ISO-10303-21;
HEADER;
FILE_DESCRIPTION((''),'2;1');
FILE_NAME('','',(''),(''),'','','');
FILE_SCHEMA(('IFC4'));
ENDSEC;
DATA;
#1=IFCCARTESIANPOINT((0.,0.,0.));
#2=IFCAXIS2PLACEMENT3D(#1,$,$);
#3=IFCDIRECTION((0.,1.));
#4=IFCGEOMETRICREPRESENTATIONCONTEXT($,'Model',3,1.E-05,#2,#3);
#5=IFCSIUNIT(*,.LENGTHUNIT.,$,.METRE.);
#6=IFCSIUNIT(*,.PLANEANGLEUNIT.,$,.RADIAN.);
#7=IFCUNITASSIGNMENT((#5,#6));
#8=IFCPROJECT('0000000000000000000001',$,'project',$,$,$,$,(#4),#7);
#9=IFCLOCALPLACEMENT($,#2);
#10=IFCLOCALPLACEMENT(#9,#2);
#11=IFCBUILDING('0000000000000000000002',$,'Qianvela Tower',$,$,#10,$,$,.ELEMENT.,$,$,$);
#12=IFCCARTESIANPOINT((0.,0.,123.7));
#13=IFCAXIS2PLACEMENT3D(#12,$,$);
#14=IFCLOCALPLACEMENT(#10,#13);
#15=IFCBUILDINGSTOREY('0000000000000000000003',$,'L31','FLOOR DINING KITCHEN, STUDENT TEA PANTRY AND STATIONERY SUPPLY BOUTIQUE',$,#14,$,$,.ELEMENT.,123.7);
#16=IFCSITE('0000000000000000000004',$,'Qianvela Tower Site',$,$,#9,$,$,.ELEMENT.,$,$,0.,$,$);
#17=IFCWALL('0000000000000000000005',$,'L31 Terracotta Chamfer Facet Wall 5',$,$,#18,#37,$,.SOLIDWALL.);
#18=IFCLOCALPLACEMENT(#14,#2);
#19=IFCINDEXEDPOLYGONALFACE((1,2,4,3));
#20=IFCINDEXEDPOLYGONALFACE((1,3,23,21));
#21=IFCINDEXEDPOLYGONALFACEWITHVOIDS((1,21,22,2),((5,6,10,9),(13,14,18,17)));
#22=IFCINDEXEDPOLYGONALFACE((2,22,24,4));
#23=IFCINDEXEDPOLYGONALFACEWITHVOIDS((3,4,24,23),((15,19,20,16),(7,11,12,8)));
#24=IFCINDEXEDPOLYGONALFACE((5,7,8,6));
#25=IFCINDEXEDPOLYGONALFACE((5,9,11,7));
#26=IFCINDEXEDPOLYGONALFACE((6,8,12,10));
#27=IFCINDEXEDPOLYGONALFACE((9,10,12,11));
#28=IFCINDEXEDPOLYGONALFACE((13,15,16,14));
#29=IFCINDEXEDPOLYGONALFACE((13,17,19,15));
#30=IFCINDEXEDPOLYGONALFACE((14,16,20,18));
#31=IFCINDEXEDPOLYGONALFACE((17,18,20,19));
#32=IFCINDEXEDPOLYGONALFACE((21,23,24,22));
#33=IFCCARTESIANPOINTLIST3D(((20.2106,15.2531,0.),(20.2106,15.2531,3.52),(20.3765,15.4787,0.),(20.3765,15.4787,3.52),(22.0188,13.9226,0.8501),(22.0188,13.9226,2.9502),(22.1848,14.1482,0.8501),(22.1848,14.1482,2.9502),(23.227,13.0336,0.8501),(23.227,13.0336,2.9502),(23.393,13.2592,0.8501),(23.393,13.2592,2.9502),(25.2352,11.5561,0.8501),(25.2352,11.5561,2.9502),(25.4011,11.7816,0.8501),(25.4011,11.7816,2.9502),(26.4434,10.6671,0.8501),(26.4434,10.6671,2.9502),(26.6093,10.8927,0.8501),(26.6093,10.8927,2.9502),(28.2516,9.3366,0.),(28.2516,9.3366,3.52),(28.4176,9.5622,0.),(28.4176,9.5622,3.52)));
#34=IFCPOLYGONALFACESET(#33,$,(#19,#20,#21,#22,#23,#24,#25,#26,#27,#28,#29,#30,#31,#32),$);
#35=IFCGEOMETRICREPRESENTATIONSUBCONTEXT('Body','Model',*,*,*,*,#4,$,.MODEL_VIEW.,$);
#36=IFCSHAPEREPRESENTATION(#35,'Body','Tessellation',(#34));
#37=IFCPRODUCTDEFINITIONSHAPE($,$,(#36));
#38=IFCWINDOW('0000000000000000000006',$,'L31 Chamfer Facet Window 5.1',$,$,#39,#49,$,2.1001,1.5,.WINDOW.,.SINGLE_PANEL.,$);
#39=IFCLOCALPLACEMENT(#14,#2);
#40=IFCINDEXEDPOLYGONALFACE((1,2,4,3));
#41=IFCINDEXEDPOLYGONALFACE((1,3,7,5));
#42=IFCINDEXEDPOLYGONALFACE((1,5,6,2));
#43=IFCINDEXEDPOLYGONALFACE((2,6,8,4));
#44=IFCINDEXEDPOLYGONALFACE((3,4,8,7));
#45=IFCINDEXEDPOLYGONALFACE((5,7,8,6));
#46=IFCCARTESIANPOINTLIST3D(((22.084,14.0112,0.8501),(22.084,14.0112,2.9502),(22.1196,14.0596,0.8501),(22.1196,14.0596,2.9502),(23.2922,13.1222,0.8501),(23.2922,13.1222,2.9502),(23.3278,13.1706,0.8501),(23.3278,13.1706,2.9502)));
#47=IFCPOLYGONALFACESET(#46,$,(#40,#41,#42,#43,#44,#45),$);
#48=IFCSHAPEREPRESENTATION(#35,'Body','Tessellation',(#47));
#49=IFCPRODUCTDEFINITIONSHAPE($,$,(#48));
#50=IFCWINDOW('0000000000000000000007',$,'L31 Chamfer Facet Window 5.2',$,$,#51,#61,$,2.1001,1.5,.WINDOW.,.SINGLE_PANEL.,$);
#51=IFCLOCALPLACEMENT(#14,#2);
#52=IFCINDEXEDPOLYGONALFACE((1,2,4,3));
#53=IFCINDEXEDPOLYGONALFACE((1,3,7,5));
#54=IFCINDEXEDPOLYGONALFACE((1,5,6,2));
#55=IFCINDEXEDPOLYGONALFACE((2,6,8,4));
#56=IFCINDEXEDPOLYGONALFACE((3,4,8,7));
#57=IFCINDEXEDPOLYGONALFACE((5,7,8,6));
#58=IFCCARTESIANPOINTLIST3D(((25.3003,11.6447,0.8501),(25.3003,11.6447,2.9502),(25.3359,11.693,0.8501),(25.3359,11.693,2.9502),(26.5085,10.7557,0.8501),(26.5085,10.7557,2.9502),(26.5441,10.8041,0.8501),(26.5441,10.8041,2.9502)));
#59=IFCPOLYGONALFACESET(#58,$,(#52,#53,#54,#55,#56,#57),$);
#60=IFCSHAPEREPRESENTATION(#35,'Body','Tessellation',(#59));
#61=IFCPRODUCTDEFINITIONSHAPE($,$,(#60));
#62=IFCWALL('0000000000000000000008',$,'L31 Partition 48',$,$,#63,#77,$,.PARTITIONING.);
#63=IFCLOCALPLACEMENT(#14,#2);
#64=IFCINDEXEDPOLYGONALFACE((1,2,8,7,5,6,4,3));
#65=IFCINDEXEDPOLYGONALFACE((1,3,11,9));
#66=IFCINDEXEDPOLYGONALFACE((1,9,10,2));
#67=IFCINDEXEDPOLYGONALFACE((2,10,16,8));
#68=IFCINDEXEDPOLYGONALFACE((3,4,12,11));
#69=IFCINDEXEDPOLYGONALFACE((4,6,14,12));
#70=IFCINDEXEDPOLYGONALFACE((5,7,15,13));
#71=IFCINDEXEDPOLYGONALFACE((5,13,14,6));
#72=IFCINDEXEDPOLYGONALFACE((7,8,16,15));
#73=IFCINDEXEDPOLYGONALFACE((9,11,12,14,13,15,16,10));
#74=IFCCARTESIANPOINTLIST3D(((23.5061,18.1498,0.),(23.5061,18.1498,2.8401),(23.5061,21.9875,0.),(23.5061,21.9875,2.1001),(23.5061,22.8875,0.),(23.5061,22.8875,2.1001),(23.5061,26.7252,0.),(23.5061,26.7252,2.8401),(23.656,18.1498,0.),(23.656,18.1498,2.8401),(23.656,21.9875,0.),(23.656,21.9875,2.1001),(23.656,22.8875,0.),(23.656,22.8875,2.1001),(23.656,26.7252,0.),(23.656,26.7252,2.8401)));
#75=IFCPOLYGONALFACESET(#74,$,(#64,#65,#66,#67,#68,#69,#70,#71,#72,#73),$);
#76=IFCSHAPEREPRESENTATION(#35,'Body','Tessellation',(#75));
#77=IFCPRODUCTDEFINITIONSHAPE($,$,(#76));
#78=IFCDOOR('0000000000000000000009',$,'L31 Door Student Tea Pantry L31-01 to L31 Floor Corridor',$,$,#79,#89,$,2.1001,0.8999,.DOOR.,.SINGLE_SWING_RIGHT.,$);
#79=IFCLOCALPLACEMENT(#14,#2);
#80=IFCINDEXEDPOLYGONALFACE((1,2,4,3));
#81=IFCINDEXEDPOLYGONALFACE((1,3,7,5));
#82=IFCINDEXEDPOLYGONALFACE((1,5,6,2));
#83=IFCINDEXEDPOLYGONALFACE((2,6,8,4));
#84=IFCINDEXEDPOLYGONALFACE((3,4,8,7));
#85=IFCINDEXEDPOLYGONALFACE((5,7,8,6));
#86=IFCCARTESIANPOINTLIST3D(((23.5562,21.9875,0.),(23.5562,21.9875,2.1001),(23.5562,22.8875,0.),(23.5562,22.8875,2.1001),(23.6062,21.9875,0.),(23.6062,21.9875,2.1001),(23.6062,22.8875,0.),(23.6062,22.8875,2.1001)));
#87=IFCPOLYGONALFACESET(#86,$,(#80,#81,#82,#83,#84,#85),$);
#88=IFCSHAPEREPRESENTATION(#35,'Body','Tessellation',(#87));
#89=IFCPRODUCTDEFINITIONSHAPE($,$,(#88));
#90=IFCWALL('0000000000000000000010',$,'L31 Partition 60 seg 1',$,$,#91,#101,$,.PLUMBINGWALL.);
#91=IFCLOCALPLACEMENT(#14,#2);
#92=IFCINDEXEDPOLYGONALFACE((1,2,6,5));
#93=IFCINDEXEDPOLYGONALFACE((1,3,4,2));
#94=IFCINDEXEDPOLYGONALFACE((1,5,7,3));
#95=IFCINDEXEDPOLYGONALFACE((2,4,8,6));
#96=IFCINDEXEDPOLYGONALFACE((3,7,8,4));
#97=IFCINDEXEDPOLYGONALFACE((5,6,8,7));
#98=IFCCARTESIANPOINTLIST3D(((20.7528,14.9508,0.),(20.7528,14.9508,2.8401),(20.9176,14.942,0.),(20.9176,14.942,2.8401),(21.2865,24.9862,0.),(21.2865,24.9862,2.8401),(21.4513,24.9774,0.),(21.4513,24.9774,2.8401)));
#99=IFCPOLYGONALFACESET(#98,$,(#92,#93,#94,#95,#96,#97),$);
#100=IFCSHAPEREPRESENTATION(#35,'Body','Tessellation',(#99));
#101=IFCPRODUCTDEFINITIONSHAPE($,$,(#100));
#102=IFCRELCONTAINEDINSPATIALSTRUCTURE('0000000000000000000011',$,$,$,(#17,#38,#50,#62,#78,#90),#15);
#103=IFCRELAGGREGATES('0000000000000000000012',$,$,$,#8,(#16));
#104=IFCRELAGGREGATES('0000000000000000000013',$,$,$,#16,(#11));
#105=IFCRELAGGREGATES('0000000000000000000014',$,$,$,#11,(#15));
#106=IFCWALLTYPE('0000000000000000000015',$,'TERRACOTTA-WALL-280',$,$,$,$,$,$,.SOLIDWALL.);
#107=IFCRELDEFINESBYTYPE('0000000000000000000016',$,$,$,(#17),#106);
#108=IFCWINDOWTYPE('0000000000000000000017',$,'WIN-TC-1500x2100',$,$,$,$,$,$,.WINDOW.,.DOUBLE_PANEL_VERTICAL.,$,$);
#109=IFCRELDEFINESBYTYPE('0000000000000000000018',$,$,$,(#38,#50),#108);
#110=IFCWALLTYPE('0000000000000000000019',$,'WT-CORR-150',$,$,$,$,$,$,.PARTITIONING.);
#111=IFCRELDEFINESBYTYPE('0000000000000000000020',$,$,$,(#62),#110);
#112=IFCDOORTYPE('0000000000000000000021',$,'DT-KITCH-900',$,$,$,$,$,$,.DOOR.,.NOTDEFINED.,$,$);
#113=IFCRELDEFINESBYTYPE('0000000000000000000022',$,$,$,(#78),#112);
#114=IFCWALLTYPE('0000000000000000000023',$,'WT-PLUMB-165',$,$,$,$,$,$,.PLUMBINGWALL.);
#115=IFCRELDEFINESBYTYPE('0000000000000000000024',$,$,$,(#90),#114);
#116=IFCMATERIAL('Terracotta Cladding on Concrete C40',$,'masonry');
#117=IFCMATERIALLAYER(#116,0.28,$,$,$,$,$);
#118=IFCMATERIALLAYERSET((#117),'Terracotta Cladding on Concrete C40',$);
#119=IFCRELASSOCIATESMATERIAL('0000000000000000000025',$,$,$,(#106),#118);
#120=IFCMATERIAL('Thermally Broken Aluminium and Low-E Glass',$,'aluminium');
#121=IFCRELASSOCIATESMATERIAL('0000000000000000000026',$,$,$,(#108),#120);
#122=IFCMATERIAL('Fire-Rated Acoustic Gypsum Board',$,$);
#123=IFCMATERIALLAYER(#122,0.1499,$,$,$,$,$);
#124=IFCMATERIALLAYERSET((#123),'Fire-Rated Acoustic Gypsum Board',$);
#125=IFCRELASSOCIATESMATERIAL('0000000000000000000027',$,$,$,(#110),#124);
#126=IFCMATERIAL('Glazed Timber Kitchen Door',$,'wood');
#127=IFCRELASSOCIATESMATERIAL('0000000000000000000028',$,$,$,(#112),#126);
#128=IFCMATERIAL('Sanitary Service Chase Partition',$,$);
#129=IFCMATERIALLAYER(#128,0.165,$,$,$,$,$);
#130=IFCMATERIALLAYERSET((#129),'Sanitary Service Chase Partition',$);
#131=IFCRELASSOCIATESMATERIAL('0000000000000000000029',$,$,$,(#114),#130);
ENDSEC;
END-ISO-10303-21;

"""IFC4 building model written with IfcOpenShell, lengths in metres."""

from ifc_helpers import new_model, si_unit, direction, frame, frame_2d, origin, place, context, subcontext, project, spatial, rectangle, extrude, material, layer, layer_set, type_object, element, fill, save


model = new_model("IFC4")

# Units and contexts
model_context = context("Model", 3, precision=1e-05, world=origin(), true_north=direction((0.0, 1.0)))
body_context = subcontext(model_context, "Body", "Model", "MODEL_VIEW")
ifc_project = project(units=[si_unit("LENGTHUNIT", "METRE"), si_unit("PLANEANGLEUNIT", "RADIAN")], contexts=[model_context])

# Site, building, storey
site_placement = place(None, origin())
site = spatial("IfcSite", under=ifc_project, at=site_placement, Name="Qianvela Tower Site", CompositionType="ELEMENT", RefElevation=0.0)
building_placement = place(site_placement, origin())
building = spatial("IfcBuilding", under=site, at=building_placement, Name="Qianvela Tower", CompositionType="ELEMENT")
storey_placement = place(building_placement, frame((0.0, 0.0, 123.7)))
storey = spatial("IfcBuildingStorey", under=building, at=storey_placement, Name="L31", Description="FLOOR DINING KITCHEN, STUDENT TEA PANTRY AND STATIONERY SUPPLY BOUTIQUE", CompositionType="ELEMENT", Elevation=123.7)

# Wall, openings, windows
ifc_material_1 = material(Name="Terracotta Cladding on Concrete C40", Category="masonry")
ifc_layer_1 = layer(ifc_material_1, 0.28)
ifc_layer_set_1 = layer_set([ifc_layer_1], Name="Terracotta Cladding on Concrete C40")
wall_type_1 = type_object("IfcWallType", Name="TERRACOTTA-WALL-280", PredefinedType="SOLIDWALL", material=ifc_layer_set_1)
wall_1_placement = place(storey_placement, frame((20.2935, 15.366, 0.0), z_axis=(0.0, 0.0, 1.0), x_axis=(0.80546, -0.59265, 0.0)))
wall_1 = element("IfcWall", 1, at=wall_1_placement, inside=storey, type_object=wall_type_1, Name="L31 Terracotta Chamfer Facet Wall 5", PredefinedType="SOLIDWALL", context=body_context, shape_type="SweptSolid", body=[
    extrude(rectangle(XDim=9.9832, YDim=0.28, at=frame_2d((4.9917, 0.0))), origin(), (0.0, 0.0, 1.0), 3.52),
])
opening_1_placement = place(wall_1_placement, frame((2.2451, 0.0, 0.8501)))
opening_1 = element("IfcOpeningElement", 2, at=opening_1_placement, cuts=wall_1, PredefinedType="OPENING", context=body_context, shape_type="SweptSolid", body=[
    extrude(rectangle(XDim=1.5, YDim=2.1001, at=frame_2d((0.75, 1.05))), frame((0.0, 0.1499, 0.0), z_axis=(0.0, -1.0, 0.0), x_axis=(1.0, 0.0, 0.0)), (0.0, 0.0, 1.0), 0.3),
])
opening_2_placement = place(wall_1_placement, frame((6.2383, 0.0, 0.8501)))
opening_2 = element("IfcOpeningElement", 3, at=opening_2_placement, cuts=wall_1, PredefinedType="OPENING", context=body_context, shape_type="SweptSolid", body=[
    extrude(rectangle(XDim=1.5, YDim=2.1001, at=frame_2d((0.75, 1.05))), frame((0.0, 0.1499, 0.0), z_axis=(0.0, -1.0, 0.0), x_axis=(1.0, 0.0, 0.0)), (0.0, 0.0, 1.0), 0.3),
])
ifc_material_2 = material(Name="Thermally Broken Aluminium and Low-E Glass", Category="aluminium")
window_type = type_object("IfcWindowType", Name="WIN-TC-1500x2100", PartitioningType="DOUBLE_PANEL_VERTICAL", PredefinedType="WINDOW", material=ifc_material_2)
window_1_placement = place(opening_1_placement, origin())
window_1 = element("IfcWindow", 4, at=window_1_placement, inside=storey, type_object=window_type, Name="L31 Chamfer Facet Window 5.1", OverallHeight=2.1001, OverallWidth=1.5, PartitioningType="SINGLE_PANEL", PredefinedType="WINDOW", context=body_context, shape_type="SweptSolid", body=[
    extrude(rectangle(XDim=1.5, YDim=2.1001, at=frame_2d((0.75, 1.05))), frame((0.0, 0.03, 0.0), z_axis=(0.0, -1.0, 0.0), x_axis=(1.0, 0.0, 0.0)), (0.0, 0.0, 1.0), 0.0601),
])
fill(opening_1, window_1)
window_2_placement = place(opening_2_placement, origin())
window_2 = element("IfcWindow", 5, at=window_2_placement, inside=storey, type_object=window_type, Name="L31 Chamfer Facet Window 5.2", OverallHeight=2.1001, OverallWidth=1.5, PartitioningType="SINGLE_PANEL", PredefinedType="WINDOW", context=body_context, shape_type="SweptSolid", body=[
    extrude(rectangle(XDim=1.5, YDim=2.1001, at=frame_2d((0.75, 1.05))), frame((0.0, 0.03, 0.0), z_axis=(0.0, -1.0, 0.0), x_axis=(1.0, 0.0, 0.0)), (0.0, 0.0, 1.0), 0.0601),
])
fill(opening_2, window_2)

# Wall, opening, door
ifc_material_3 = material(Name="Fire-Rated Acoustic Gypsum Board")
ifc_layer_2 = layer(ifc_material_3, 0.1499)
ifc_layer_set_2 = layer_set([ifc_layer_2], Name="Fire-Rated Acoustic Gypsum Board")
wall_type_2 = type_object("IfcWallType", Name="WT-CORR-150", PredefinedType="PARTITIONING", material=ifc_layer_set_2)
wall_2_placement = place(storey_placement, frame((23.5811, 18.1499, 0.0), z_axis=(0.0, 0.0, 1.0), x_axis=(0.0, 1.0, 0.0)))
wall_2 = element("IfcWall", 6, at=wall_2_placement, inside=storey, type_object=wall_type_2, Name="L31 Partition 48", PredefinedType="PARTITIONING", context=body_context, shape_type="SweptSolid", body=[
    extrude(rectangle(XDim=8.5754, YDim=0.1499, at=frame_2d((4.2876, 0.0))), origin(), (0.0, 0.0, 1.0), 2.8401),
])
opening_3_placement = place(wall_2_placement, frame((3.8376, 0.0, 0.0)))
opening_3 = element("IfcOpeningElement", 7, at=opening_3_placement, cuts=wall_2, PredefinedType="OPENING", context=body_context, shape_type="SweptSolid", body=[
    extrude(rectangle(XDim=0.8999, YDim=2.1001, at=frame_2d((0.45, 1.05))), frame((0.0, 0.085, 0.0), z_axis=(0.0, -1.0, 0.0), x_axis=(1.0, 0.0, 0.0)), (0.0, 0.0, 1.0), 0.1699),
])
ifc_material_4 = material(Name="Glazed Timber Kitchen Door", Category="wood")
door_type = type_object("IfcDoorType", Name="DT-KITCH-900", OperationType="NOTDEFINED", PredefinedType="DOOR", material=ifc_material_4)
door_placement = place(opening_3_placement, origin())
door = element("IfcDoor", 8, at=door_placement, inside=storey, type_object=door_type, Name="L31 Door Student Tea Pantry L31-01 to L31 Floor Corridor", OperationType="SINGLE_SWING_RIGHT", OverallHeight=2.1001, OverallWidth=0.8999, PredefinedType="DOOR", context=body_context, shape_type="SweptSolid", body=[
    extrude(rectangle(XDim=0.8999, YDim=2.1001, at=frame_2d((0.45, 1.05))), frame((0.0, 0.0249, 0.0), z_axis=(0.0, -1.0, 0.0), x_axis=(1.0, 0.0, 0.0)), (0.0, 0.0, 1.0), 0.05),
])
fill(opening_3, door)

# Wall
ifc_material_5 = material(Name="Sanitary Service Chase Partition")
ifc_layer_3 = layer(ifc_material_5, 0.165)
ifc_layer_set_3 = layer_set([ifc_layer_3], Name="Sanitary Service Chase Partition")
wall_type_3 = type_object("IfcWallType", Name="WT-PLUMB-165", PredefinedType="PLUMBINGWALL", material=ifc_layer_set_3)
wall_3_placement = place(storey_placement, frame((20.8352, 14.9463, 0.0), z_axis=(0.0, 0.0, 1.0), x_axis=(0.053106, 0.998589, 0.0)))
element("IfcWall", 9, at=wall_3_placement, inside=storey, type_object=wall_type_3, Name="L31 Partition 60 seg 1", PredefinedType="PLUMBINGWALL", context=body_context, shape_type="SweptSolid", body=[
    extrude(rectangle(XDim=10.0496, YDim=0.165, at=frame_2d((5.0249, 0.0))), origin(), (0.0, 0.0, 1.0), 2.8401),
])

save(model, "model.ifc")
